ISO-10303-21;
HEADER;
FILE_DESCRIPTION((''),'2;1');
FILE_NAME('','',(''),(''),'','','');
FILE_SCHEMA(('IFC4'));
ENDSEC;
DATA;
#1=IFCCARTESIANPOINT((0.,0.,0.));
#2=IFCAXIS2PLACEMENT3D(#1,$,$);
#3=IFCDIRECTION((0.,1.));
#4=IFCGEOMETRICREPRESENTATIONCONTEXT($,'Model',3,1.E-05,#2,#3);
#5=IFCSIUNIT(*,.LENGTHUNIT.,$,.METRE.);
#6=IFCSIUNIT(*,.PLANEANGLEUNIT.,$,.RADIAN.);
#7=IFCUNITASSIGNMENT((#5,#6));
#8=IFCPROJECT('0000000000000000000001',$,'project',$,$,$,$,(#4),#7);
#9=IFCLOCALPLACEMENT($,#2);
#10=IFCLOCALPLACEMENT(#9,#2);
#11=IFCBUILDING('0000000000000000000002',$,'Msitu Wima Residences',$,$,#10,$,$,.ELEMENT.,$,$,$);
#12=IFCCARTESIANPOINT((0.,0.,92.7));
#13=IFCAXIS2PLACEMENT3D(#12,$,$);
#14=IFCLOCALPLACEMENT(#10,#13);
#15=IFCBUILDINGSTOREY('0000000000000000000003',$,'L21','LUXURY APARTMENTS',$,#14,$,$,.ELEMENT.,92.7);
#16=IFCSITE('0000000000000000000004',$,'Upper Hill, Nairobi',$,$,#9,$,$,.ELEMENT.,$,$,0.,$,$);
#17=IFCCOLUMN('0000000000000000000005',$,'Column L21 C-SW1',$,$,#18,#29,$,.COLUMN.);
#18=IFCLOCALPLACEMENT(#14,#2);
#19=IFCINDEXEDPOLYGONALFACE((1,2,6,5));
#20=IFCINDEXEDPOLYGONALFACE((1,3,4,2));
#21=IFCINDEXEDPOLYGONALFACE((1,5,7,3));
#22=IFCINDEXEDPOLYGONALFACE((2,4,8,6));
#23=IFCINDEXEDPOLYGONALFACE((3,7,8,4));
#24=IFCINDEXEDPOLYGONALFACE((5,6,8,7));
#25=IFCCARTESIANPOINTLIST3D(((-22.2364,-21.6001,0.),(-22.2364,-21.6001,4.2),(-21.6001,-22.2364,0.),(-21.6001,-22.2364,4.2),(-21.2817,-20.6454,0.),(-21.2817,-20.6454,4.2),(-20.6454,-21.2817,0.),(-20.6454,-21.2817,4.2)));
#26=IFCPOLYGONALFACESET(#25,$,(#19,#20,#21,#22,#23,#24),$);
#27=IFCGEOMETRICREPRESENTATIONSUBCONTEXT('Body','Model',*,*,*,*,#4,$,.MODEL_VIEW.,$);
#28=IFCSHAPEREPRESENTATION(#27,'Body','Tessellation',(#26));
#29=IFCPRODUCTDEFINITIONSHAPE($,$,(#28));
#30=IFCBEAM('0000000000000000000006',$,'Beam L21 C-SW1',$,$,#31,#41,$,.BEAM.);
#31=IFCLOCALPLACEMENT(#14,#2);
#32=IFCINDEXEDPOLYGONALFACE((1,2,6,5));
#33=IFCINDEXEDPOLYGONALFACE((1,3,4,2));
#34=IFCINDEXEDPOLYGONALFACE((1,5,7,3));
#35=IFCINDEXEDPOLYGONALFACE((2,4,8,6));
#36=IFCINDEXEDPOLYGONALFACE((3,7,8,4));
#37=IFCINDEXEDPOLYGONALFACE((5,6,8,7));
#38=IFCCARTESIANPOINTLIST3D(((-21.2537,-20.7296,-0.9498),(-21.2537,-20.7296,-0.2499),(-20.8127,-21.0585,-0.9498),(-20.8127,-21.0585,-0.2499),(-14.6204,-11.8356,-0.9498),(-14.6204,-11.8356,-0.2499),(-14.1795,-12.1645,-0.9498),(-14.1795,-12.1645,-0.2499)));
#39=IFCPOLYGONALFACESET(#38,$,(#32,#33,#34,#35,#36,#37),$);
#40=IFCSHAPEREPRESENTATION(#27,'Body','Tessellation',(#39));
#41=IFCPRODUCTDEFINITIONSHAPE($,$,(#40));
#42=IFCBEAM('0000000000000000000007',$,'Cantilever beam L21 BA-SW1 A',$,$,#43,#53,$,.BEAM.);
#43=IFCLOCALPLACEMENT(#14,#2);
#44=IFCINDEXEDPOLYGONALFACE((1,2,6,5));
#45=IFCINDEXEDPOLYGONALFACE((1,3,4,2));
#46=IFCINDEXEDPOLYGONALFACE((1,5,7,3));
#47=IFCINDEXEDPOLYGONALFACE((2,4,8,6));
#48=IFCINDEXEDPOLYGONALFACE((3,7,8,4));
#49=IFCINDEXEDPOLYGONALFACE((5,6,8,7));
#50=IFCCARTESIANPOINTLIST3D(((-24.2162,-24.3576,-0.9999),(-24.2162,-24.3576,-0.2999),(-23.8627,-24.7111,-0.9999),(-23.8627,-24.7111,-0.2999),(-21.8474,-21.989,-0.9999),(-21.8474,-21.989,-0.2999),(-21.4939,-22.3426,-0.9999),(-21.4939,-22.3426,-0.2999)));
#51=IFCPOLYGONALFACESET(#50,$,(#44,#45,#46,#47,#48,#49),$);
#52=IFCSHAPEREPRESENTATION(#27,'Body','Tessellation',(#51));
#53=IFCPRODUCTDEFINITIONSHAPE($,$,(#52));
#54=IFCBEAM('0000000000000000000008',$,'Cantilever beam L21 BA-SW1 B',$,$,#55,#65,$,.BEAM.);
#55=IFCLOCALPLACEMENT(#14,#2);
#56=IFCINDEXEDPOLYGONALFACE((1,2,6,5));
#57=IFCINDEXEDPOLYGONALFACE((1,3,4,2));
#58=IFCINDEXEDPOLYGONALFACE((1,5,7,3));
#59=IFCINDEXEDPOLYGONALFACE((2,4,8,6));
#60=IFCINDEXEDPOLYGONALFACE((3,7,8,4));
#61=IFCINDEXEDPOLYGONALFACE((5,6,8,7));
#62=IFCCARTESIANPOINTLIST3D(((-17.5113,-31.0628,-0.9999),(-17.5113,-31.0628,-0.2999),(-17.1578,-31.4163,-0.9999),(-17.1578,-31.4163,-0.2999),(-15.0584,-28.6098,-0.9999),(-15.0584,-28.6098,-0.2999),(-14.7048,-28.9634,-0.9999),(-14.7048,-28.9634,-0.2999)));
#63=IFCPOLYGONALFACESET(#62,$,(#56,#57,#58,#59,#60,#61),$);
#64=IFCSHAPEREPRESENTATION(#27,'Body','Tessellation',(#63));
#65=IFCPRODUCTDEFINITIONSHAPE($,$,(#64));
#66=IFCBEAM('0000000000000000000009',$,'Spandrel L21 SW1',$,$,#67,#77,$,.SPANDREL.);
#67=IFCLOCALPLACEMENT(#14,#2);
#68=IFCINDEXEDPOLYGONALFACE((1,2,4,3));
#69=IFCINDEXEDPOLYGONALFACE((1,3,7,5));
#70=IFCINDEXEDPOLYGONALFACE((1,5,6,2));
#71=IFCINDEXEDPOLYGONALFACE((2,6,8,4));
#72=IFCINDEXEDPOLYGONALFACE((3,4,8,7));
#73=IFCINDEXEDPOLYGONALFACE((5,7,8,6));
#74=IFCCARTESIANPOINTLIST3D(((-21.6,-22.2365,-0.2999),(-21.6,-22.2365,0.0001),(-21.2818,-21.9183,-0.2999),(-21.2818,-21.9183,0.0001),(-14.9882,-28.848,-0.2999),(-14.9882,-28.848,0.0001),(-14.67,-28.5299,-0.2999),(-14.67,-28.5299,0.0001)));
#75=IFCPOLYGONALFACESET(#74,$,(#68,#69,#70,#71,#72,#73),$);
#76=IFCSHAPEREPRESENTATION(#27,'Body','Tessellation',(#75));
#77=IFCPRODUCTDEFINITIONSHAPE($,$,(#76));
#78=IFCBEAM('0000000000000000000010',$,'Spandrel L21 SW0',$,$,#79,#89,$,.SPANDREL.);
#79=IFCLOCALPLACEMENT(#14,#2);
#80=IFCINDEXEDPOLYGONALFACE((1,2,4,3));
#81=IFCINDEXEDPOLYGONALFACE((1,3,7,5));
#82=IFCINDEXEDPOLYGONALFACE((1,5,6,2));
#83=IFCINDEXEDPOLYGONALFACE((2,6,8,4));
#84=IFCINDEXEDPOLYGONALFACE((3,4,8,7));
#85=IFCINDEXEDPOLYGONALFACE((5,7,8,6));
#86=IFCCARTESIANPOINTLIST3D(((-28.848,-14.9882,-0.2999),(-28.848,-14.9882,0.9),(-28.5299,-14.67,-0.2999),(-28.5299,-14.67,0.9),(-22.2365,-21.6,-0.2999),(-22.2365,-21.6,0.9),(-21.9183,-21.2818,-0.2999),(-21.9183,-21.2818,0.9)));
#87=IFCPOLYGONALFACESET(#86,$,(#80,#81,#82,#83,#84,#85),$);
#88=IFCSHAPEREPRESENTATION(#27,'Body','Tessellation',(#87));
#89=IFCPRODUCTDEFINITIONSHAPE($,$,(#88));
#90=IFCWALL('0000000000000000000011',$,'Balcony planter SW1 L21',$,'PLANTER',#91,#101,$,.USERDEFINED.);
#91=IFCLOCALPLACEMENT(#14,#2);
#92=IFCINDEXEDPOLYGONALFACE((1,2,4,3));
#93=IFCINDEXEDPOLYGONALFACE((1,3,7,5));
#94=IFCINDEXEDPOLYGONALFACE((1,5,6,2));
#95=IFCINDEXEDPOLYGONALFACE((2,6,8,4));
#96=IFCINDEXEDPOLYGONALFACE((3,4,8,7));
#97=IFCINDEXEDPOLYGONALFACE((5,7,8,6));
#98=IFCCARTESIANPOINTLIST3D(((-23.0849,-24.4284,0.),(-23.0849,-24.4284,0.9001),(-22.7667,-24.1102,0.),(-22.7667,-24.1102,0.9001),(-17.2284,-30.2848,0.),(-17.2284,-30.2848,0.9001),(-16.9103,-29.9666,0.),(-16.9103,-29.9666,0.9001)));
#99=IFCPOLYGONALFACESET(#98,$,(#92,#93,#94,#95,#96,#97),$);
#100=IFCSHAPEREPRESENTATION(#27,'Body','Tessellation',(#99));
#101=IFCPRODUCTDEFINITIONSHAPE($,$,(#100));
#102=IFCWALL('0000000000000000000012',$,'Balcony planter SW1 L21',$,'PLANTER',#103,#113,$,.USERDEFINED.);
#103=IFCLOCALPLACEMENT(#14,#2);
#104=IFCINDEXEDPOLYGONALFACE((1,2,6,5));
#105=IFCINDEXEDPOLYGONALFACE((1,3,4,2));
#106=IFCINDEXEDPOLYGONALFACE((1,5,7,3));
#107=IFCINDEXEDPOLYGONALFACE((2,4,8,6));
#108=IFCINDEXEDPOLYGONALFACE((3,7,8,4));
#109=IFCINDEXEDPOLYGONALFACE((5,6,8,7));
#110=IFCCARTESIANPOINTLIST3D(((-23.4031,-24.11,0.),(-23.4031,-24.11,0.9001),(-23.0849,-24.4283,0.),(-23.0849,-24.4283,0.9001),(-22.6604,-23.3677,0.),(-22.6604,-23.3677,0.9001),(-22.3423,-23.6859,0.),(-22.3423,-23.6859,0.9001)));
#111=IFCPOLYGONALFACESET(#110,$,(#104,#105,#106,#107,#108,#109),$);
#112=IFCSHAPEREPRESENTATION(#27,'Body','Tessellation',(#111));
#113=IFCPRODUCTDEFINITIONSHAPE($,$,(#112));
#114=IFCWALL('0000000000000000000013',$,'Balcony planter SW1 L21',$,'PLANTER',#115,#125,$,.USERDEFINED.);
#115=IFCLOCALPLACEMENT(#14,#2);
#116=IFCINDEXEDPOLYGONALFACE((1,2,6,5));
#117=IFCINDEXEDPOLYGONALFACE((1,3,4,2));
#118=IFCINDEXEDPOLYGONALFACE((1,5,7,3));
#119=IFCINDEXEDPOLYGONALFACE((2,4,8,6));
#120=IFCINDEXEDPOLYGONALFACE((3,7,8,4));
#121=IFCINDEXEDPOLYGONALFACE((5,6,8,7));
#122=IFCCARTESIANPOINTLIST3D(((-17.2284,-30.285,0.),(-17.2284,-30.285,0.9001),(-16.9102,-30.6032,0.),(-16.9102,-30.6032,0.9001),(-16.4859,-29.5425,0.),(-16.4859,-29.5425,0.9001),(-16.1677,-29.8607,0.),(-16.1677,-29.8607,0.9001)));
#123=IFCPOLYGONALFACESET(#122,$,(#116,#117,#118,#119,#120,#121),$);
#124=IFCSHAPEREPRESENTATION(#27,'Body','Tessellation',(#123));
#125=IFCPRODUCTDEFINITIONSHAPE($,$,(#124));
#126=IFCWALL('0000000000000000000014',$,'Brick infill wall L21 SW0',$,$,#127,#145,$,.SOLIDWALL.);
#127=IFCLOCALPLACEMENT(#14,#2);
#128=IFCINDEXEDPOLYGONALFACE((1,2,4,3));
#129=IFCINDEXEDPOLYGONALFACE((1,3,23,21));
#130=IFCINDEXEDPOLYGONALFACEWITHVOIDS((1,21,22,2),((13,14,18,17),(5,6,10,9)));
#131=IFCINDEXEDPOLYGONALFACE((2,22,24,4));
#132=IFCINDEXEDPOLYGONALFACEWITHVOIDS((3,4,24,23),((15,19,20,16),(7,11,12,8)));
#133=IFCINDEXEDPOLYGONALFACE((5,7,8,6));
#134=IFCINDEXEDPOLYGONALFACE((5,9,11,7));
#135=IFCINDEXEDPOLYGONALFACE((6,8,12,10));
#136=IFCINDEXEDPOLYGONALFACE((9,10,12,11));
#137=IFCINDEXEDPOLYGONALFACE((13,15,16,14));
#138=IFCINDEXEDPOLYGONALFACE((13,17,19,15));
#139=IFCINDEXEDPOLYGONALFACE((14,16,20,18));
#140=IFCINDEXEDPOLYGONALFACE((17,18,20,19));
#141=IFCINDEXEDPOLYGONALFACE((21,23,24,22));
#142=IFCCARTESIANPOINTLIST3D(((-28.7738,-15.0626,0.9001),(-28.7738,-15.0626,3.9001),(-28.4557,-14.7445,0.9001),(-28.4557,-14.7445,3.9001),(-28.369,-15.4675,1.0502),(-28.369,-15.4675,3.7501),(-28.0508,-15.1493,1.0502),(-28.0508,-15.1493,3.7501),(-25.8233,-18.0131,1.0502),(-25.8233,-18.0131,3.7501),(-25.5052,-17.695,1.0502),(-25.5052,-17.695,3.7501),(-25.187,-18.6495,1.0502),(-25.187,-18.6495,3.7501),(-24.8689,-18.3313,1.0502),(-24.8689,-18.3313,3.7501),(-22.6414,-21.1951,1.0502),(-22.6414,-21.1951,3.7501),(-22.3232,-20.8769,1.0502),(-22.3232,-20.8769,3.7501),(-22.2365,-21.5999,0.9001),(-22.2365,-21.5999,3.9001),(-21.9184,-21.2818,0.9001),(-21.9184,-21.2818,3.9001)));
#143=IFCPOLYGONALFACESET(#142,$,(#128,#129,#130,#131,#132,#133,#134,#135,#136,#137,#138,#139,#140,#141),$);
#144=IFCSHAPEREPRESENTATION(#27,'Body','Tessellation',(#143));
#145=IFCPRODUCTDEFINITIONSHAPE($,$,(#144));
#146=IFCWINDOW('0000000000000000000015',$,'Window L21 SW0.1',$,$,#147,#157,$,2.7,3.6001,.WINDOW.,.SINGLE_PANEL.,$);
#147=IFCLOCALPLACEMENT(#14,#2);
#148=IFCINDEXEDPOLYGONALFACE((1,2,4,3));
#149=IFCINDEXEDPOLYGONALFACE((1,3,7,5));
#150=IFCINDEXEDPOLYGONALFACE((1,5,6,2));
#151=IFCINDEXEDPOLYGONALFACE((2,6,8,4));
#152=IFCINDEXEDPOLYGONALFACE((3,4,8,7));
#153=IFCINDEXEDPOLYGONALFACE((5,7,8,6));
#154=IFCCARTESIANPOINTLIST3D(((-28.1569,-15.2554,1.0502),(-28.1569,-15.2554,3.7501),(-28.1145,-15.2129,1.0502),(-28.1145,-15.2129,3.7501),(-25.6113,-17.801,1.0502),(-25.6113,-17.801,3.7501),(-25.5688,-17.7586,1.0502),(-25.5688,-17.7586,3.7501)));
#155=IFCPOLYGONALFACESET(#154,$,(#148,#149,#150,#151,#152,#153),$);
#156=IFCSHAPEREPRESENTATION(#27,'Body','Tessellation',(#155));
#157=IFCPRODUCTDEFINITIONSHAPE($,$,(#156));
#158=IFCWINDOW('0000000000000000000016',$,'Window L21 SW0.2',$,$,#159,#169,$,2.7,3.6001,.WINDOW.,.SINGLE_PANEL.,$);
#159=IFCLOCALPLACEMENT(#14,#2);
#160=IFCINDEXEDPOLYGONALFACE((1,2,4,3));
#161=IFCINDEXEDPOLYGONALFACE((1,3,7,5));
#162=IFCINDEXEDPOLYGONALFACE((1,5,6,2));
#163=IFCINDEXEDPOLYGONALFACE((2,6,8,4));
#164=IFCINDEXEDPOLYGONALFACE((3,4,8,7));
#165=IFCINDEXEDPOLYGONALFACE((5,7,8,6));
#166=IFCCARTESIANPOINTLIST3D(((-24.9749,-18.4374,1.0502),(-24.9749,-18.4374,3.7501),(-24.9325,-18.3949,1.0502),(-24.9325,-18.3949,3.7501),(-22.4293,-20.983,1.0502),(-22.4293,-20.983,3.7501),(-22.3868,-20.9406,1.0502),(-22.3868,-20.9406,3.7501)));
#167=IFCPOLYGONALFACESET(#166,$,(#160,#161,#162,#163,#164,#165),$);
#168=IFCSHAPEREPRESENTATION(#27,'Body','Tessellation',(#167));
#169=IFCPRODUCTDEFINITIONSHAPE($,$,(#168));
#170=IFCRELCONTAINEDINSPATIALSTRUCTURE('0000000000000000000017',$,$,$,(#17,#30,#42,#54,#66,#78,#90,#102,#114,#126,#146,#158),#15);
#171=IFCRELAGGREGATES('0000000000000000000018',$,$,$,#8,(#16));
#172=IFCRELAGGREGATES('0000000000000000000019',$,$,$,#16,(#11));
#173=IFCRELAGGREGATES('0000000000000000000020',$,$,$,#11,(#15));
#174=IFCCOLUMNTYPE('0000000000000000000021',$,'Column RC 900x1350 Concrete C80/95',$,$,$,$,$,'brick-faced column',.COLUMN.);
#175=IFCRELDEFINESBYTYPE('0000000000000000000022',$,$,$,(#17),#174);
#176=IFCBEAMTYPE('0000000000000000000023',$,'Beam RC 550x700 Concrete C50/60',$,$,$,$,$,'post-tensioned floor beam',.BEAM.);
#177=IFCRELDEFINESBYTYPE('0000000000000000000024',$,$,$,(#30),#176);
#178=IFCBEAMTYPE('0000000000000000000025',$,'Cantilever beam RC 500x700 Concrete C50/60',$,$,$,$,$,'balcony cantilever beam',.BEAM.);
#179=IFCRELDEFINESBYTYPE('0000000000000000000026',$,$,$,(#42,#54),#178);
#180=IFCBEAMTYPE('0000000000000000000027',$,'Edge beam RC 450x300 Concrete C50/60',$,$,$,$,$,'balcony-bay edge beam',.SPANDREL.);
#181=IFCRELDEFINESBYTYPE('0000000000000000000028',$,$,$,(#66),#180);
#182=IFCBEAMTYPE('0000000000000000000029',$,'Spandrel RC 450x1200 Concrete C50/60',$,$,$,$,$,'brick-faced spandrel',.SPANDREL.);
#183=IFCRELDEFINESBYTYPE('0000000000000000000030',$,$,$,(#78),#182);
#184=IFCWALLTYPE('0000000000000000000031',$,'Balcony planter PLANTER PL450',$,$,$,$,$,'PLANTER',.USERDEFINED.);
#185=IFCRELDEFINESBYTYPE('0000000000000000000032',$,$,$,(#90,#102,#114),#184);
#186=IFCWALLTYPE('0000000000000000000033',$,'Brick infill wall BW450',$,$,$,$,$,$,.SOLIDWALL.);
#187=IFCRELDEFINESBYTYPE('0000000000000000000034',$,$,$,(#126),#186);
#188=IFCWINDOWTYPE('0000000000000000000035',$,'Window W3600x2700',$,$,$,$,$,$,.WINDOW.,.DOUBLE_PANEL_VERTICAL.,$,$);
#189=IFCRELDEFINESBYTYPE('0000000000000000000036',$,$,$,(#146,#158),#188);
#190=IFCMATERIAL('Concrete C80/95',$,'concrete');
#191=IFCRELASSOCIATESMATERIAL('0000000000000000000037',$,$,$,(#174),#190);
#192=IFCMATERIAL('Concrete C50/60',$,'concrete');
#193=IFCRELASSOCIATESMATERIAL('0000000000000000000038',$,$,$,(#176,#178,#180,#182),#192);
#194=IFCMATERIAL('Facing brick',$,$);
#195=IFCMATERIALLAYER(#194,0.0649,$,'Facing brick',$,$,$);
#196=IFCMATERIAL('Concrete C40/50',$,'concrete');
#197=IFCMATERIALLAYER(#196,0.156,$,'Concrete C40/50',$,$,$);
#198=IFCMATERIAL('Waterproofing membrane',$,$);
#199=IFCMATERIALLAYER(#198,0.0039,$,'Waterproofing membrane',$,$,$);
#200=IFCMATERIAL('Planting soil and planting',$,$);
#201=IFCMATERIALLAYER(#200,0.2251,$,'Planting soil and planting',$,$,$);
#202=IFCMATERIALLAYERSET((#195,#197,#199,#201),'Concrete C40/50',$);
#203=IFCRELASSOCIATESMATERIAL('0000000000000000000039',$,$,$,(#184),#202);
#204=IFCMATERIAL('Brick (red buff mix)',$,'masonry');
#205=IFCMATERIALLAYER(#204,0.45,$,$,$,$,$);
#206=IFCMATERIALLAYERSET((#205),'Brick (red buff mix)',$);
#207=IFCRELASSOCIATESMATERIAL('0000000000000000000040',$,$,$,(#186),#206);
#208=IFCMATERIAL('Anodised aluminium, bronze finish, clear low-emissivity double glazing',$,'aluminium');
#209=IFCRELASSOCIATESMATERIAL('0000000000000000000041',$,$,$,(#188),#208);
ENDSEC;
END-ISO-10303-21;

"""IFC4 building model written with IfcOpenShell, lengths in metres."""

from ifc_helpers import new_model, si_unit, direction, frame, frame_2d, origin, origin_2d, place, context, subcontext, project, spatial, rectangle, extrude, material, layer, layer_set, material_profile, profile_set, type_object, element, fill, save


model = new_model("IFC4")

# Units and contexts
model_context = context("Model", 3, precision=1e-05, world=origin(), true_north=direction((0.0, 1.0)))
body_context = subcontext(model_context, "Body", "Model", "MODEL_VIEW")
ifc_project = project(units=[si_unit("LENGTHUNIT", "METRE"), si_unit("PLANEANGLEUNIT", "RADIAN")], contexts=[model_context])

# Site, building, storey
site_placement = place(None, origin())
site = spatial("IfcSite", under=ifc_project, at=site_placement, Name="Upper Hill, Nairobi", CompositionType="ELEMENT", RefElevation=0.0)
building_placement = place(site_placement, origin())
building = spatial("IfcBuilding", under=site, at=building_placement, Name="Msitu Wima Residences", CompositionType="ELEMENT")
storey_placement = place(building_placement, frame((0.0, 0.0, 92.7)))
storey = spatial("IfcBuildingStorey", under=building, at=storey_placement, Name="L21", Description="LUXURY APARTMENTS", CompositionType="ELEMENT", Elevation=92.7)

# Column
ifc_material_1 = material(Name="Concrete C80/95", Category="concrete")
ifc_material_profile_1 = material_profile(ifc_material_1, rectangle(XDim=0.8999, YDim=1.3501, at=origin_2d()), Name="RC 900x1350")
ifc_profile_set_1 = profile_set([ifc_material_profile_1], Name="Concrete C80/95")
column_type = type_object("IfcColumnType", Name="Column RC 900x1350 Concrete C80/95", ElementType="brick-faced column", PredefinedType="COLUMN", material=ifc_profile_set_1)
column_placement = place(storey_placement, frame((-21.4409, -21.4409, 0.0), z_axis=(0.0, 0.0, 1.0), x_axis=(0.707107, -0.707107, 0.0)))
element("IfcColumn", 1, at=column_placement, inside=storey, type_object=column_type, Name="Column L21 C-SW1", PredefinedType="COLUMN", context=body_context, shape_type="SweptSolid", body=[
    extrude(rectangle(XDim=0.8999, YDim=1.3501, at=origin_2d()), origin(), (0.0, 0.0, 1.0), 4.2),
])

# Beams
ifc_material_2 = material(Name="Concrete C50/60", Category="concrete")
ifc_material_profile_2 = material_profile(ifc_material_2, rectangle(XDim=0.55, YDim=0.7, at=origin_2d()), Name="RC 550x700")
ifc_profile_set_2 = profile_set([ifc_material_profile_2], Name="Concrete C50/60")
beam_type_1 = type_object("IfcBeamType", Name="Beam RC 550x700 Concrete C50/60", ElementType="post-tensioned floor beam", PredefinedType="BEAM", material=ifc_profile_set_2)
beam_1_placement = place(storey_placement, frame((-21.0332, -20.894, -0.5999), z_axis=(0.59785, 0.801608, 0.0), x_axis=(-0.801608, 0.59785, 0.0)))
element("IfcBeam", 2, at=beam_1_placement, inside=storey, type_object=beam_type_1, Name="Beam L21 C-SW1", PredefinedType="BEAM", context=body_context, shape_type="SweptSolid", body=[
    extrude(rectangle(XDim=0.55, YDim=0.7, at=origin_2d()), origin(), (0.0, 0.0, 1.0), 11.0952),
])
ifc_material_profile_3 = material_profile(ifc_material_2, rectangle(XDim=0.5, YDim=0.7, at=origin_2d()), Name="RC 500x700")
ifc_profile_set_3 = profile_set([ifc_material_profile_3], Name="Concrete C50/60")
beam_type_2 = type_object("IfcBeamType", Name="Cantilever beam RC 500x700 Concrete C50/60", ElementType="balcony cantilever beam", PredefinedType="BEAM", material=ifc_profile_set_3)
beam_2_placement = place(storey_placement, frame((-21.6707, -22.1658, -0.6499), z_axis=(-0.707143, -0.70707, 0.0), x_axis=(0.70707, -0.707143, 0.0)))
element("IfcBeam", 3, at=beam_2_placement, inside=storey, type_object=beam_type_2, Name="Cantilever beam L21 BA-SW1 A", PredefinedType="BEAM", context=body_context, shape_type="SweptSolid", body=[
    extrude(rectangle(XDim=0.5, YDim=0.7, at=origin_2d()), origin(), (0.0, 0.0, 1.0), 3.3499),
])
beam_3_placement = place(storey_placement, frame((-14.8816, -28.7866, -0.6499), z_axis=(-0.707107, -0.707107, 0.0), x_axis=(0.707107, -0.707107, 0.0)))
element("IfcBeam", 4, at=beam_3_placement, inside=storey, type_object=beam_type_2, Name="Cantilever beam L21 BA-SW1 B", PredefinedType="BEAM", context=body_context, shape_type="SweptSolid", body=[
    extrude(rectangle(XDim=0.5, YDim=0.7, at=origin_2d()), origin(), (0.0, 0.0, 1.0), 3.469),
])
ifc_material_profile_4 = material_profile(ifc_material_2, rectangle(XDim=0.45, YDim=0.3, at=origin_2d()), Name="RC 450x300")
ifc_profile_set_4 = profile_set([ifc_material_profile_4], Name="Concrete C50/60")
beam_type_3 = type_object("IfcBeamType", Name="Edge beam RC 450x300 Concrete C50/60", ElementType="balcony-bay edge beam", PredefinedType="SPANDREL", material=ifc_profile_set_4)
beam_4_placement = place(storey_placement, frame((-21.4409, -22.0774, -0.1499), z_axis=(0.70712, -0.707094, 0.0), x_axis=(0.707094, 0.70712, 0.0)))
element("IfcBeam", 5, at=beam_4_placement, inside=storey, type_object=beam_type_3, Name="Spandrel L21 SW1", PredefinedType="SPANDREL", context=body_context, shape_type="SweptSolid", body=[
    extrude(rectangle(XDim=0.45, YDim=0.3, at=origin_2d()), origin(), (0.0, 0.0, 1.0), 9.3503),
])
ifc_material_profile_5 = material_profile(ifc_material_2, rectangle(XDim=0.45, YDim=1.2, at=origin_2d()), Name="RC 450x1200")
ifc_profile_set_5 = profile_set([ifc_material_profile_5], Name="Concrete C50/60")
beam_type_4 = type_object("IfcBeamType", Name="Spandrel RC 450x1200 Concrete C50/60", ElementType="brick-faced spandrel", PredefinedType="SPANDREL", material=ifc_profile_set_5)
beam_5_placement = place(storey_placement, frame((-28.689, -14.8291, 0.3), z_axis=(0.707094, -0.70712, 0.0), x_axis=(0.70712, 0.707094, 0.0)))
element("IfcBeam", 6, at=beam_5_placement, inside=storey, type_object=beam_type_4, Name="Spandrel L21 SW0", PredefinedType="SPANDREL", context=body_context, shape_type="SweptSolid", body=[
    extrude(rectangle(XDim=0.45, YDim=1.2, at=origin_2d()), origin(), (0.0, 0.0, 1.0), 9.3503),
])

# Walls
ifc_material_3 = material(Name="Facing brick")
ifc_layer_1 = layer(ifc_material_3, 0.0649, Name="Facing brick")
ifc_material_4 = material(Name="Concrete C40/50", Category="concrete")
ifc_layer_2 = layer(ifc_material_4, 0.156, Name="Concrete C40/50")
ifc_material_5 = material(Name="Waterproofing membrane")
ifc_layer_3 = layer(ifc_material_5, 0.0039, Name="Waterproofing membrane")
ifc_material_6 = material(Name="Planting soil and planting")
ifc_layer_4 = layer(ifc_material_6, 0.2251, Name="Planting soil and planting")
ifc_layer_set_1 = layer_set([ifc_layer_1, ifc_layer_2, ifc_layer_3, ifc_layer_4], Name="Concrete C40/50")
wall_type_1 = type_object("IfcWallType", Name="Balcony planter PLANTER PL450", ElementType="PLANTER", PredefinedType="USERDEFINED", material=ifc_layer_set_1)
wall_1_placement = place(storey_placement, frame((-22.9258, -24.2693, 0.0), z_axis=(0.0, 0.0, 1.0), x_axis=(0.707107, -0.707107, 0.0)))
element("IfcWall", 7, at=wall_1_placement, inside=storey, type_object=wall_type_1, Name="Balcony planter SW1 L21", ObjectType="PLANTER", PredefinedType="USERDEFINED", context=body_context, shape_type="SweptSolid", body=[
    extrude(rectangle(XDim=8.2822, YDim=0.45, at=frame_2d((4.1411, 0.0))), origin(), (0.0, 0.0, 1.0), 0.9001),
])
for number, where, z_axis, x_axis, name in (
    (8, (-22.5015, -23.5269, 0.0), (0.0, 0.0, 1.0), (-0.707223, -0.706991, 0.0), "Balcony planter SW1 L21"),
    (9, (-16.3269, -29.7017, 0.0), (0.0, 0.0, 1.0), (-0.707107, -0.707107, 0.0), "Balcony planter SW1 L21"),
):
    element("IfcWall", number, at=place(storey_placement, frame(where, z_axis=z_axis, x_axis=x_axis)), inside=storey, type_object=wall_type_1, Name=name, ObjectType="PLANTER", PredefinedType="USERDEFINED", context=body_context, shape_type="SweptSolid", body=[
        extrude(rectangle(XDim=1.05, YDim=0.45, at=frame_2d((0.5249, 0.0))), origin(), (0.0, 0.0, 1.0), 0.9001),
    ])

# Wall, openings, windows
ifc_material_7 = material(Name="Brick (red buff mix)", Category="masonry")
ifc_layer_5 = layer(ifc_material_7, 0.45)
ifc_layer_set_2 = layer_set([ifc_layer_5], Name="Brick (red buff mix)")
wall_type_2 = type_object("IfcWallType", Name="Brick infill wall BW450", PredefinedType="SOLIDWALL", material=ifc_layer_set_2)
wall_2_placement = place(storey_placement, frame((-28.6147, -14.9036, 0.9001), z_axis=(0.0, 0.0, 1.0), x_axis=(0.707107, -0.707107, 0.0)))
wall_2 = element("IfcWall", 10, at=wall_2_placement, inside=storey, type_object=wall_type_2, Name="Brick infill wall L21 SW0", PredefinedType="SOLIDWALL", context=body_context, shape_type="SweptSolid", body=[
    extrude(rectangle(XDim=9.2451, YDim=0.45, at=frame_2d((4.6226, 0.0))), origin(), (0.0, 0.0, 1.0), 3.0),
])
opening_1_placement = place(wall_2_placement, frame((0.5725, 0.0, 0.1499)))
opening_1 = element("IfcOpeningElement", 11, at=opening_1_placement, cuts=wall_2, PredefinedType="OPENING", context=body_context, shape_type="SweptSolid", body=[
    extrude(rectangle(XDim=3.6001, YDim=2.7, at=frame_2d((1.8, 1.3501))), frame((0.0, 0.2349, 0.0), z_axis=(0.0, -1.0, 0.0), x_axis=(1.0, 0.0, 0.0)), (0.0, 0.0, 1.0), 0.47),
])
opening_2_placement = place(wall_2_placement, frame((5.0725, 0.0, 0.1499)))
opening_2 = element("IfcOpeningElement", 12, at=opening_2_placement, cuts=wall_2, PredefinedType="OPENING", context=body_context, shape_type="SweptSolid", body=[
    extrude(rectangle(XDim=3.6001, YDim=2.7, at=frame_2d((1.8, 1.3501))), frame((0.0, 0.2349, 0.0), z_axis=(0.0, -1.0, 0.0), x_axis=(1.0, 0.0, 0.0)), (0.0, 0.0, 1.0), 0.47),
])
ifc_material_8 = material(Name="Anodised aluminium, bronze finish, clear low-emissivity double glazing", Category="aluminium")
window_type = type_object("IfcWindowType", Name="Window W3600x2700", PartitioningType="DOUBLE_PANEL_VERTICAL", PredefinedType="WINDOW", material=ifc_material_8)
window_1_placement = place(opening_1_placement, origin())
window_1 = element("IfcWindow", 13, at=window_1_placement, inside=storey, type_object=window_type, Name="Window L21 SW0.1", OverallHeight=2.7, OverallWidth=3.6001, PartitioningType="SINGLE_PANEL", PredefinedType="WINDOW", context=body_context, shape_type="SweptSolid", body=[
    extrude(rectangle(XDim=3.6001, YDim=2.7, at=frame_2d((1.8, 1.3501))), frame((0.0, 0.135, 0.0), z_axis=(0.0, -1.0, 0.0), x_axis=(1.0, 0.0, 0.0)), (0.0, 0.0, 1.0), 0.0601),
])
fill(opening_1, window_1)
window_2_placement = place(opening_2_placement, origin())
window_2 = element("IfcWindow", 14, at=window_2_placement, inside=storey, type_object=window_type, Name="Window L21 SW0.2", OverallHeight=2.7, OverallWidth=3.6001, PartitioningType="SINGLE_PANEL", PredefinedType="WINDOW", context=body_context, shape_type="SweptSolid", body=[
    extrude(rectangle(XDim=3.6001, YDim=2.7, at=frame_2d((1.8, 1.3501))), frame((0.0, 0.135, 0.0), z_axis=(0.0, -1.0, 0.0), x_axis=(1.0, 0.0, 0.0)), (0.0, 0.0, 1.0), 0.0601),
])
fill(opening_2, window_2)

save(model, "model.ifc")
